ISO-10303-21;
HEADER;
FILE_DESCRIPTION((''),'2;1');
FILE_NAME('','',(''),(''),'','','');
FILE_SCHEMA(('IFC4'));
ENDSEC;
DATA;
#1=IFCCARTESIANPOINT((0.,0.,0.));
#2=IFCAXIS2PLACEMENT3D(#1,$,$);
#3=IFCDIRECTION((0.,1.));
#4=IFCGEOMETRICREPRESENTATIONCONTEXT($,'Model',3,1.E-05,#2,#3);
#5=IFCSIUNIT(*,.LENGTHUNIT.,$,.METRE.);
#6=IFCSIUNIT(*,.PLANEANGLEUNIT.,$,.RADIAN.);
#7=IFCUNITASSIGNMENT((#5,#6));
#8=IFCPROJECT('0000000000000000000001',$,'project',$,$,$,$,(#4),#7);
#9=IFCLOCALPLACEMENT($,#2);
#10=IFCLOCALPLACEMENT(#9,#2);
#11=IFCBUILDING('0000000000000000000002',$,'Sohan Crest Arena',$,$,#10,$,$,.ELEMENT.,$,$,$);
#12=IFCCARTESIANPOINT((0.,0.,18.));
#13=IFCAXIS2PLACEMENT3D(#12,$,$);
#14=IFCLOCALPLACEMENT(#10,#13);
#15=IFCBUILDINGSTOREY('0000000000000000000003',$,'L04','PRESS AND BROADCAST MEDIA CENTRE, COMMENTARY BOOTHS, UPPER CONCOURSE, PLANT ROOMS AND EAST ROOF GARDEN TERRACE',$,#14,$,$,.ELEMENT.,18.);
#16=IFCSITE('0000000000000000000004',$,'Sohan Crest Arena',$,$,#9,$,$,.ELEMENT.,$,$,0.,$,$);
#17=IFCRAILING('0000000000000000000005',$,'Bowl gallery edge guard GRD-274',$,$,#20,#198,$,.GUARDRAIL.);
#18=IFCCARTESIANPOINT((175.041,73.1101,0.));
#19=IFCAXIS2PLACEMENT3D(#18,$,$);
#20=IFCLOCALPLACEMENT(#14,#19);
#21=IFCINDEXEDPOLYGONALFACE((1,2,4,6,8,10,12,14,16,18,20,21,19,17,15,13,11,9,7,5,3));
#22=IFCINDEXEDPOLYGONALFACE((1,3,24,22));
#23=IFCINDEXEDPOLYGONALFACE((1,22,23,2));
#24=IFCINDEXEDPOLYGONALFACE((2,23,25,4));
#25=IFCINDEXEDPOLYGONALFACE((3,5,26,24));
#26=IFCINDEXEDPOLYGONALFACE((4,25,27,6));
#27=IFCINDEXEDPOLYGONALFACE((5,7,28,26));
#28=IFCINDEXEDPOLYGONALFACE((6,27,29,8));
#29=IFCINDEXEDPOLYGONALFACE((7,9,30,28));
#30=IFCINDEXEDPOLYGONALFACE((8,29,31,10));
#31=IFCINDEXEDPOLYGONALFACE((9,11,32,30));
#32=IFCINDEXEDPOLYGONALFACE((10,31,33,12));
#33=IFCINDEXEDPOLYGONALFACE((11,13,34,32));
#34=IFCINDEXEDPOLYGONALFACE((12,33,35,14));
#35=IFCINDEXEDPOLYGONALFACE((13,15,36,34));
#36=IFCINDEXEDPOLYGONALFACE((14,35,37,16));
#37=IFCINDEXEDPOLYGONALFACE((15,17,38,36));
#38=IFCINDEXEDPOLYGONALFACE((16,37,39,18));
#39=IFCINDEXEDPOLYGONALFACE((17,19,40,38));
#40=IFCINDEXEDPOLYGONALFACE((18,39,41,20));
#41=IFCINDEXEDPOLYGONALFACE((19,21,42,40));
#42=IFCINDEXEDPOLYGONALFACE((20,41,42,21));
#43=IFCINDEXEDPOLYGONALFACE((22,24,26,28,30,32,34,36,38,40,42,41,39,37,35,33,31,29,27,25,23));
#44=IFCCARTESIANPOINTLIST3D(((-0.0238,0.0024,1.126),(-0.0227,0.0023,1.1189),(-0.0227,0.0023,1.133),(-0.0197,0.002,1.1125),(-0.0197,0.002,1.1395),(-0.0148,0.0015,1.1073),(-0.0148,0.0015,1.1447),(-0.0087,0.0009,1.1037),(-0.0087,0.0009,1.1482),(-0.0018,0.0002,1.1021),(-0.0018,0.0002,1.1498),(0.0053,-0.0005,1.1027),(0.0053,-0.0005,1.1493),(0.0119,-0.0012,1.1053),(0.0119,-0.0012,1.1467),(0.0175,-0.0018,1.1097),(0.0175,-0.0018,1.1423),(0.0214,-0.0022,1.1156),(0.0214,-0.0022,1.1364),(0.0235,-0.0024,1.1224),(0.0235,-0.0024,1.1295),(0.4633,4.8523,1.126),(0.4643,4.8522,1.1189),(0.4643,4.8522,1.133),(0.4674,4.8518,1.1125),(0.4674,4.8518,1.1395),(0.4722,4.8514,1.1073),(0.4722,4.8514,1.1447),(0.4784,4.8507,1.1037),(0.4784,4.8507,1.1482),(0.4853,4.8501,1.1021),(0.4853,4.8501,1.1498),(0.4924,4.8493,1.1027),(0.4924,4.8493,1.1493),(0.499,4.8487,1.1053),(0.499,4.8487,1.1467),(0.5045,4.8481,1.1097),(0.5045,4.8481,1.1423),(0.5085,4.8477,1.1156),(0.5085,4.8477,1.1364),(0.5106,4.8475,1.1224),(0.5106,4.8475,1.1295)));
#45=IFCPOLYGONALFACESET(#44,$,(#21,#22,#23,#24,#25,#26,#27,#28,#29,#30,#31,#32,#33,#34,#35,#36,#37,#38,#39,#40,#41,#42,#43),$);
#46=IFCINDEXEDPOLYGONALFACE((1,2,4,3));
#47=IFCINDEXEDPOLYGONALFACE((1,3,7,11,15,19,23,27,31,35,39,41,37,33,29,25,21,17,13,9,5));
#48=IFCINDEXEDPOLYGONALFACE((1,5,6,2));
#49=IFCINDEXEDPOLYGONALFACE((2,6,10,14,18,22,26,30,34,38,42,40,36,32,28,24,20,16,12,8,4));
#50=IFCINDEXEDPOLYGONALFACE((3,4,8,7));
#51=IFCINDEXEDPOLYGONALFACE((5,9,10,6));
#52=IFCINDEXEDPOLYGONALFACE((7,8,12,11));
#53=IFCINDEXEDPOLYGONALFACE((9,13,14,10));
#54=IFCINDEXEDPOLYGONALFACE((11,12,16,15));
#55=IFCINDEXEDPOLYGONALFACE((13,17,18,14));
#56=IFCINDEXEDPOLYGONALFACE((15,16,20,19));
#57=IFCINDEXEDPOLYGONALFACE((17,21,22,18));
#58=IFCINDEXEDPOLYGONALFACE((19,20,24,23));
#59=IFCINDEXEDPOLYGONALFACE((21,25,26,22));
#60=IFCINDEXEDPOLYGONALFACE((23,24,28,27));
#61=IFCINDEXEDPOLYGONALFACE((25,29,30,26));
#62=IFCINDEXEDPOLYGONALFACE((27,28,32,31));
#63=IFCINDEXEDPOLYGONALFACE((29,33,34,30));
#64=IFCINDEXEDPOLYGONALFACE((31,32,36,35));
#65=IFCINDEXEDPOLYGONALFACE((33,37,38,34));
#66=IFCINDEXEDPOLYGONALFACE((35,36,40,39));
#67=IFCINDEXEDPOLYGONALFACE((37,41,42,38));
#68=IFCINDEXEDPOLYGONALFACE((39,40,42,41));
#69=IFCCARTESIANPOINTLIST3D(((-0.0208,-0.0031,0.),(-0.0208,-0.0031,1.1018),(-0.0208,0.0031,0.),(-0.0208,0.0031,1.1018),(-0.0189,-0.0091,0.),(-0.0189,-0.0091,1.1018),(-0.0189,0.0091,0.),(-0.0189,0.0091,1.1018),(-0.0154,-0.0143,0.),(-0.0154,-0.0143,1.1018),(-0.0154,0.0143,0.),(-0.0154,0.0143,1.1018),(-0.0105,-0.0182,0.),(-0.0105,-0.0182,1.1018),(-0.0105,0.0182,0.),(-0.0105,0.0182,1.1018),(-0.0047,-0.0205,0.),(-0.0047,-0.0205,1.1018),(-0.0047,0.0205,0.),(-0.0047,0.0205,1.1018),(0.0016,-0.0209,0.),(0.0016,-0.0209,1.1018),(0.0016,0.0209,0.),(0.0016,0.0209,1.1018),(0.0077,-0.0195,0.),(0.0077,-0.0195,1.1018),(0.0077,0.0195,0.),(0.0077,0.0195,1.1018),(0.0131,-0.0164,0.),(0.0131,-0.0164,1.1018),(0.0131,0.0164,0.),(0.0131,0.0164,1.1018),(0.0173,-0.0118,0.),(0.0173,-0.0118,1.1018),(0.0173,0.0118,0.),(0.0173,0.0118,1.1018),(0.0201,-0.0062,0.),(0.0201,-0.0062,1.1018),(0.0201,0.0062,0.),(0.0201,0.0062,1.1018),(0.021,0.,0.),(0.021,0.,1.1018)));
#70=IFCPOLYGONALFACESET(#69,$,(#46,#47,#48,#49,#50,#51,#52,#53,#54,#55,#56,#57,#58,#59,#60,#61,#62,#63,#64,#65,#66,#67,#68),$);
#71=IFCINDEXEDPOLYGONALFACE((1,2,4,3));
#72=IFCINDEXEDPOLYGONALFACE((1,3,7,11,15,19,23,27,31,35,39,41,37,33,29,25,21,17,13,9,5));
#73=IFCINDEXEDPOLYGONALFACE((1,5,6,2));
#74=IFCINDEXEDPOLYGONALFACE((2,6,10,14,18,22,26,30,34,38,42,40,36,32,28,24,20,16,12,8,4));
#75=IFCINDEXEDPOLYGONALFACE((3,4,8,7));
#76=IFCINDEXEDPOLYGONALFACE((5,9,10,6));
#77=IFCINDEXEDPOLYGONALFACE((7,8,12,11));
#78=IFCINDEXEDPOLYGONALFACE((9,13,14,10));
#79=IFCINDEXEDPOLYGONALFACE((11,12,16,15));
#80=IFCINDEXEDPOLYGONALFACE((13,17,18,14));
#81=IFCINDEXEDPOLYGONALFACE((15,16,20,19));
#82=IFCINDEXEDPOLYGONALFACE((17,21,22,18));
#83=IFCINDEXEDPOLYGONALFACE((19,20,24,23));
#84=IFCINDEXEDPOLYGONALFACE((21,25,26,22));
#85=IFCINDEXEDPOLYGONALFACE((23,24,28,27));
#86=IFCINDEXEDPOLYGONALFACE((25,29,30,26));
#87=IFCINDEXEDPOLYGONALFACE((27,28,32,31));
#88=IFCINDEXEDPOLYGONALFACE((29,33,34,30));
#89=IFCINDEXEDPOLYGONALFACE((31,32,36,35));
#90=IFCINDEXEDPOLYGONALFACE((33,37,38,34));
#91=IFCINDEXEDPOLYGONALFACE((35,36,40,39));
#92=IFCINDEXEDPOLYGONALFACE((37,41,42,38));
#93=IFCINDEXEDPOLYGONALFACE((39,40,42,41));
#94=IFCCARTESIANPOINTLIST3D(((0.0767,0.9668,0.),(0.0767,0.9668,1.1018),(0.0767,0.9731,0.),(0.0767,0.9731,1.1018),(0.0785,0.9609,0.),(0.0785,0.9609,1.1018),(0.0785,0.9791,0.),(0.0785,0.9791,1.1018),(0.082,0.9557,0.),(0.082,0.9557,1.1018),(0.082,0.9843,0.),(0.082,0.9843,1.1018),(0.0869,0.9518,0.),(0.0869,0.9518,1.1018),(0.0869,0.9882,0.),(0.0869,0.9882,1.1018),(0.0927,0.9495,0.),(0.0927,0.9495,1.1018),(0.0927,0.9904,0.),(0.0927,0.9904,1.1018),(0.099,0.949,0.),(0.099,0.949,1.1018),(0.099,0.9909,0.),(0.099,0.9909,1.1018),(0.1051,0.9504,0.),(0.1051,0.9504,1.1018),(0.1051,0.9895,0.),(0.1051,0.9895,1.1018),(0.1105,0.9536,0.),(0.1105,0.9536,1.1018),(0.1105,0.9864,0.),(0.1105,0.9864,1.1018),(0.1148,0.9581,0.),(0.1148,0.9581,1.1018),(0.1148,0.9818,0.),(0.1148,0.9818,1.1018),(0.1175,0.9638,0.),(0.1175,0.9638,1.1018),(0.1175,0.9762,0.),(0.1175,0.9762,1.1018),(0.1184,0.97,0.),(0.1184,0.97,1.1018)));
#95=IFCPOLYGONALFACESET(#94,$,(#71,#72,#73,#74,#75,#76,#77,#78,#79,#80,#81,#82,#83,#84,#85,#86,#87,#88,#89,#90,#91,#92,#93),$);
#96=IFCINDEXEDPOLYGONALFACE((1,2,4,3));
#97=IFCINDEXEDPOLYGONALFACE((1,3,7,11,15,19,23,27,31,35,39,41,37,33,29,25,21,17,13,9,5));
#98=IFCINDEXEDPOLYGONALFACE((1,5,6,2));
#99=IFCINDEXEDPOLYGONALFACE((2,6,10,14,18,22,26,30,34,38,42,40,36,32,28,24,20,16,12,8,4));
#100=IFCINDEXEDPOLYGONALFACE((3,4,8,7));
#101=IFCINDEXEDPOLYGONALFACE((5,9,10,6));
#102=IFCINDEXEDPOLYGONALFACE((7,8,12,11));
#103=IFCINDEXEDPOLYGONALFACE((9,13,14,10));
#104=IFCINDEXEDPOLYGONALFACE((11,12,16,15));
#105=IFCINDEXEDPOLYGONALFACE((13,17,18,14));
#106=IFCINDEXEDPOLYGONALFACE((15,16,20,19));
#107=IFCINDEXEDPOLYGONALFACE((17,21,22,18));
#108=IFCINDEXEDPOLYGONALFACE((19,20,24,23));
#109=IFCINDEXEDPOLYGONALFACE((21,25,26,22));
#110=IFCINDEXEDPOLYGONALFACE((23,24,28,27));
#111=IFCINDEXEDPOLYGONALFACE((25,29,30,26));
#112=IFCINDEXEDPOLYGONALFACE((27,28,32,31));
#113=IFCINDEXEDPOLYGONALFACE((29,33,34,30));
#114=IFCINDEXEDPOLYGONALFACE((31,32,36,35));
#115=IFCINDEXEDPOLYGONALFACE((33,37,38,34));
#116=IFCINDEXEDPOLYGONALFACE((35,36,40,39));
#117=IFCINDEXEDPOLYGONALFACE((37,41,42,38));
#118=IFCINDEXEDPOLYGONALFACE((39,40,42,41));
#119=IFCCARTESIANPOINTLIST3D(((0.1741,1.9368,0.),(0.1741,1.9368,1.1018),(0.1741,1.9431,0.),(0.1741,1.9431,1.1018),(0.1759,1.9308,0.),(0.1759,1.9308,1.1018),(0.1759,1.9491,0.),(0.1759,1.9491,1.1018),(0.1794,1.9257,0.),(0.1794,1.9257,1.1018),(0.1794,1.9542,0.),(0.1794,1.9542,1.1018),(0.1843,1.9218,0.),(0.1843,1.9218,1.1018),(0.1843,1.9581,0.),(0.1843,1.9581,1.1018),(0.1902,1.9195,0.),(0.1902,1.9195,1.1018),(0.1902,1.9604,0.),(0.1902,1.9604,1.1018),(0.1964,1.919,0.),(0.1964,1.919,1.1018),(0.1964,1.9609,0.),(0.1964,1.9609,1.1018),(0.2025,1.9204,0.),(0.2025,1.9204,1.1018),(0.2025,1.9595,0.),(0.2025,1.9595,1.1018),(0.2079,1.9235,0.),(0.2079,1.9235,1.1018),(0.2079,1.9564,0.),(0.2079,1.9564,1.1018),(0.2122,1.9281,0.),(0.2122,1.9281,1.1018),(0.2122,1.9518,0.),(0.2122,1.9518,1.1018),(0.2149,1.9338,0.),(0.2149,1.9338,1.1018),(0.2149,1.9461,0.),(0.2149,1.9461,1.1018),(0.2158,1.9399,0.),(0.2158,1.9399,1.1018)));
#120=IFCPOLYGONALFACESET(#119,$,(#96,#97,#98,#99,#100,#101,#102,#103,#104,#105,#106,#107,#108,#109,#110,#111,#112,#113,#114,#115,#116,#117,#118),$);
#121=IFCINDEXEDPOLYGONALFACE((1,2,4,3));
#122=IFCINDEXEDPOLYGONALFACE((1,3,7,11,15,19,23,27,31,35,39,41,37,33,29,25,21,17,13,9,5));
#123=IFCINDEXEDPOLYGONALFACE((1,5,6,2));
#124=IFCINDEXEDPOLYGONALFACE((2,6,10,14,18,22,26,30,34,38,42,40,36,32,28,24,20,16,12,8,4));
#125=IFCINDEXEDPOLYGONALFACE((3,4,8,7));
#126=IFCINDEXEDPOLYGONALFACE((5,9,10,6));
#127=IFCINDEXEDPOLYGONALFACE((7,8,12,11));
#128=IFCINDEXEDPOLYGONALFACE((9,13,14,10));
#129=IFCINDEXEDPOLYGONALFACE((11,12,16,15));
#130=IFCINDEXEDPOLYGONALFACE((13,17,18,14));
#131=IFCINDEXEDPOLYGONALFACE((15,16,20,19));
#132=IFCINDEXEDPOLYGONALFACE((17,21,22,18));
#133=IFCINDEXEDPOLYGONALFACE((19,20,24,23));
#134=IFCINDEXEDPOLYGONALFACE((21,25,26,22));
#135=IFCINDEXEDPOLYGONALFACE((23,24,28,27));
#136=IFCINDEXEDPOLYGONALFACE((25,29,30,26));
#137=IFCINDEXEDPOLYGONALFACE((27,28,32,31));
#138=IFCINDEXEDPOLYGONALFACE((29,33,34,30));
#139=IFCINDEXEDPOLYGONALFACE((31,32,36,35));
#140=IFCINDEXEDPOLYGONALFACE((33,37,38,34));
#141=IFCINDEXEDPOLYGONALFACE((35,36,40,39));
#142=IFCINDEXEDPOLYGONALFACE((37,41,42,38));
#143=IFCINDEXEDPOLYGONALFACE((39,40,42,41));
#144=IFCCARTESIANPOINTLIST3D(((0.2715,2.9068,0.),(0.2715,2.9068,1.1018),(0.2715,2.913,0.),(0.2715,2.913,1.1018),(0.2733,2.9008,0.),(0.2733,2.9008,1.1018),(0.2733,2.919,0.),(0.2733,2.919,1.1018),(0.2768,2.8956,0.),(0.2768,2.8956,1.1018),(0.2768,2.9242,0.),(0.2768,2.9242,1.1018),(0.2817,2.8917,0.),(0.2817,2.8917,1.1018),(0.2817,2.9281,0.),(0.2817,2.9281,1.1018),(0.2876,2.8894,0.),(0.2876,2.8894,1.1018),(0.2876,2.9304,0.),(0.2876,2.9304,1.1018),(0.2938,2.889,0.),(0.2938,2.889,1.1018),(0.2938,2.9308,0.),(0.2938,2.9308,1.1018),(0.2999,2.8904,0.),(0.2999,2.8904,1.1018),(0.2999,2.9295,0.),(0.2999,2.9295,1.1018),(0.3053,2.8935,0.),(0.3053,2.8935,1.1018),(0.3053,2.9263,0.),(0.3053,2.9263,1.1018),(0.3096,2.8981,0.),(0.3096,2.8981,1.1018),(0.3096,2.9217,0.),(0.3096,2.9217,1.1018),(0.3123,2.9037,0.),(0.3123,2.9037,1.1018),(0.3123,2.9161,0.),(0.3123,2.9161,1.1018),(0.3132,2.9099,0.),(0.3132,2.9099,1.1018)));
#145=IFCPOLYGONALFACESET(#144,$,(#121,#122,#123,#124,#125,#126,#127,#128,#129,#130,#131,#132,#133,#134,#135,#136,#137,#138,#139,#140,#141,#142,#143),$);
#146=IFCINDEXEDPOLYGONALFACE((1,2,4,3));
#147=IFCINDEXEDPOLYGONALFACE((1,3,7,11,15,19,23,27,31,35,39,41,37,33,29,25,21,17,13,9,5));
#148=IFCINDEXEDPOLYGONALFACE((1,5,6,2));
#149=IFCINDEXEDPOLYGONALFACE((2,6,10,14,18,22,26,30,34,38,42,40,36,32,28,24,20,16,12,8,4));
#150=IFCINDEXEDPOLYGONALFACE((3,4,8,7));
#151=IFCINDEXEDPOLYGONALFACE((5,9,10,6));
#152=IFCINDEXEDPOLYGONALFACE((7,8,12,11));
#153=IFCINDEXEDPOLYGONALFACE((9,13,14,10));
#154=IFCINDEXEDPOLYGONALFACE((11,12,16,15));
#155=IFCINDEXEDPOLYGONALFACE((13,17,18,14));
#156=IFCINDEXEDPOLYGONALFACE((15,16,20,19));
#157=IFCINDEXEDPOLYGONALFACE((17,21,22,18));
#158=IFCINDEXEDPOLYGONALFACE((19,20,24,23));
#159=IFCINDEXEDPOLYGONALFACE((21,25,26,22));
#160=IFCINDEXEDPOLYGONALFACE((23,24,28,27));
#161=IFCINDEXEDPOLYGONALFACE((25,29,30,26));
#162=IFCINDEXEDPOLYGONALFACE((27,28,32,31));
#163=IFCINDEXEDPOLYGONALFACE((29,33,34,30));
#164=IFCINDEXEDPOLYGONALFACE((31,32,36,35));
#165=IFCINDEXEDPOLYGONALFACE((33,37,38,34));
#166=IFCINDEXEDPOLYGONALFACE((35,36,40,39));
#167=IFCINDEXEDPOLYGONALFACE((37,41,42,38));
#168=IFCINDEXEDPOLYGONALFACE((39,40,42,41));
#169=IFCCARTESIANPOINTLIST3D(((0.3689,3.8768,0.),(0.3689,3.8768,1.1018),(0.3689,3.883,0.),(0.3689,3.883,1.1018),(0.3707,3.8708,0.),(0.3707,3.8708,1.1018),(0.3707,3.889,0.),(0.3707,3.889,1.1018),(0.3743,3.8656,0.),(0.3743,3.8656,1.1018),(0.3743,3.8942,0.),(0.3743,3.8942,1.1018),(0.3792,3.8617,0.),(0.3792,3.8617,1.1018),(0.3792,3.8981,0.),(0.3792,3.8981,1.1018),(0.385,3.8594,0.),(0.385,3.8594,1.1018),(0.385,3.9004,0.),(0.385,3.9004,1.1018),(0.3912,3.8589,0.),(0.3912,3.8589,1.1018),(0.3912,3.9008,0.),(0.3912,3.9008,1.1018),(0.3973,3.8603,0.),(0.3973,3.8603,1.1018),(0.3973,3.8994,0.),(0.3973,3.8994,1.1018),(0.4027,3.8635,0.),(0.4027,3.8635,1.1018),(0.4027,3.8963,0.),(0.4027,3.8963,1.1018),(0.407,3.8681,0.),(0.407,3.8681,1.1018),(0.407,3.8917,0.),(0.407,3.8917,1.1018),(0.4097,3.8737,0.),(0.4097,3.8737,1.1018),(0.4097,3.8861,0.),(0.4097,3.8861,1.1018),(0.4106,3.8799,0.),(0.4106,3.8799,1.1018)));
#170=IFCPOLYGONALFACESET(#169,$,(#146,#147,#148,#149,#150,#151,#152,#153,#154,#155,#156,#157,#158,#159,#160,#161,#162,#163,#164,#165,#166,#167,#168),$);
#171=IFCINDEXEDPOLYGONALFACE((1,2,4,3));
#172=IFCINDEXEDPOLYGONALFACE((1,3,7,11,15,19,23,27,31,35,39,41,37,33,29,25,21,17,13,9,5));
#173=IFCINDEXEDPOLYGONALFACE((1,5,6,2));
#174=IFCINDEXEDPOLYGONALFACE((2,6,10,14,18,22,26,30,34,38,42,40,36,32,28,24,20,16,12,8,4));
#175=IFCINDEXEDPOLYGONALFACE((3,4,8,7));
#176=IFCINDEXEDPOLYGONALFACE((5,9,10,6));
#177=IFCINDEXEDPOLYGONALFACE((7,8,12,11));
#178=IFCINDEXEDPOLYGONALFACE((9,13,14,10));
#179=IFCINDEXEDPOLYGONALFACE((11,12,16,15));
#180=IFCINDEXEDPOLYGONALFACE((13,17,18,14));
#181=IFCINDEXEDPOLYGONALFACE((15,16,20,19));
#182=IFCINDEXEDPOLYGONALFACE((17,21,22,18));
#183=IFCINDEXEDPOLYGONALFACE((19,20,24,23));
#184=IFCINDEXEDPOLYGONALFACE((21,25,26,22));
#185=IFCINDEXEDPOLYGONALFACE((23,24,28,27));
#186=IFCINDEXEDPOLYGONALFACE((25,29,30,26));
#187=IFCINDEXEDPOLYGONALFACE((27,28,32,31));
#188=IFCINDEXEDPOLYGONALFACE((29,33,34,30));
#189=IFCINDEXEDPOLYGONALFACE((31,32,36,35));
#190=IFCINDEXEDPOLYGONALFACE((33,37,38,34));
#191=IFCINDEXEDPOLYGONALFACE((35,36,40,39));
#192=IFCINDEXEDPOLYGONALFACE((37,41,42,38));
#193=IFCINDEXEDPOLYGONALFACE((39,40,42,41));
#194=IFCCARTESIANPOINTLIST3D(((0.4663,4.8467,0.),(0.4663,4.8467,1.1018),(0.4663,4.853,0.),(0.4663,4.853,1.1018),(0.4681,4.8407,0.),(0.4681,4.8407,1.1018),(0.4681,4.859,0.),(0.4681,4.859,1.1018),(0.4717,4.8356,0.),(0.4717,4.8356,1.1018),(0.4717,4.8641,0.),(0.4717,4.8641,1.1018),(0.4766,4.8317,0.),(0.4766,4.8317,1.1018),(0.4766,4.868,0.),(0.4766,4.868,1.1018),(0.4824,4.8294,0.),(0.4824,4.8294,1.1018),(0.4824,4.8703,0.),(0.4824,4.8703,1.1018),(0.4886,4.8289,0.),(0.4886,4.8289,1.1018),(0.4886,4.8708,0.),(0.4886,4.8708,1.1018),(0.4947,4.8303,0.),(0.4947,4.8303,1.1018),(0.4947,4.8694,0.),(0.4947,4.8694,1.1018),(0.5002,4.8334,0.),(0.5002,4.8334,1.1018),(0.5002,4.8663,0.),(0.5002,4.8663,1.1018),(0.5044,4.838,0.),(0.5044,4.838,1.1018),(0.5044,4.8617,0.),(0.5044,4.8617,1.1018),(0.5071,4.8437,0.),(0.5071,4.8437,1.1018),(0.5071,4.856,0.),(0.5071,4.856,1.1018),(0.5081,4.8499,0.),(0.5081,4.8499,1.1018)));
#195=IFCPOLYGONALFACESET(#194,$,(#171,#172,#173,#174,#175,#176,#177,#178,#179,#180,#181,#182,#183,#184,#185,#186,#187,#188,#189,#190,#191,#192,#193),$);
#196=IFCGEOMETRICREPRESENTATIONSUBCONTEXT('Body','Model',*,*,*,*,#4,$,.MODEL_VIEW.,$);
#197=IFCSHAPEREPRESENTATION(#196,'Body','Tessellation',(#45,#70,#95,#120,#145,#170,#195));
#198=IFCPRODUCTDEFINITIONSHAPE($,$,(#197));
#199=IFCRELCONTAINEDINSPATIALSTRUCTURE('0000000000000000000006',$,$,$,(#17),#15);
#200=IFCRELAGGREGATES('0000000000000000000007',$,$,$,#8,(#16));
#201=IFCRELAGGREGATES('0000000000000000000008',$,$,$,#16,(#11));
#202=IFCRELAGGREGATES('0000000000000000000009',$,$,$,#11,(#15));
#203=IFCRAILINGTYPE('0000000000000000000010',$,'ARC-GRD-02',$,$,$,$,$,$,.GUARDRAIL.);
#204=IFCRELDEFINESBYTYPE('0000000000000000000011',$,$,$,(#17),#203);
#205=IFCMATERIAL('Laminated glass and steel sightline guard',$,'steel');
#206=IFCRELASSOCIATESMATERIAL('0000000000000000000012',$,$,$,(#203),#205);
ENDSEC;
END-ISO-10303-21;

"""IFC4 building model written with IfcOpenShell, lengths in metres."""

from ifc_helpers import new_model, si_unit, direction, frame, origin, origin_2d, place, context, subcontext, project, spatial, circle, extrude, material, type_object, element, save


model = new_model("IFC4")

# Units and contexts
model_context = context("Model", 3, precision=1e-05, world=origin(), true_north=direction((0.0, 1.0)))
body_context = subcontext(model_context, "Body", "Model", "MODEL_VIEW")
ifc_project = project(units=[si_unit("LENGTHUNIT", "METRE"), si_unit("PLANEANGLEUNIT", "RADIAN")], contexts=[model_context])

# Site, building, storey
site_placement = place(None, origin())
site = spatial("IfcSite", under=ifc_project, at=site_placement, Name="Sohan Crest Arena", CompositionType="ELEMENT", RefElevation=0.0)
building_placement = place(site_placement, origin())
building = spatial("IfcBuilding", under=site, at=building_placement, Name="Sohan Crest Arena", CompositionType="ELEMENT")
storey_placement = place(building_placement, frame((0.0, 0.0, 18.0)))
storey = spatial("IfcBuildingStorey", under=building, at=storey_placement, Name="L04", Description="PRESS AND BROADCAST MEDIA CENTRE, COMMENTARY BOOTHS, UPPER CONCOURSE, PLANT ROOMS AND EAST ROOF GARDEN TERRACE", CompositionType="ELEMENT", Elevation=18.0)

# Railing
ifc_material_1 = material(Name="Laminated glass and steel sightline guard", Category="steel")
railing_type = type_object("IfcRailingType", Name="ARC-GRD-02", PredefinedType="GUARDRAIL", material=ifc_material_1)
railing_1_placement = place(storey_placement, frame((175.041, 73.1101, 0.0)))
element("IfcRailing", 1, at=railing_1_placement, inside=storey, type_object=railing_type, Name="Bowl gallery edge guard GRD-274", PredefinedType="GUARDRAIL", context=body_context, shape_type="SweptSolid", body=[
    extrude(circle(Radius=0.0239, at=origin_2d()), frame((0.0, 0.0, 1.126), z_axis=(0.099925, 0.994995, 0.0), x_axis=(-0.994995, 0.099925, 0.0)), (0.0, 0.0, 1.0), 4.8743),
    extrude(circle(Radius=0.021, at=origin_2d()), origin(), (0.0, 0.0, 1.0), 1.1018),
    extrude(circle(Radius=0.021, at=origin_2d()), frame((0.0974, 0.97, 0.0)), (0.0, 0.0, 1.0), 1.1018),
    extrude(circle(Radius=0.021, at=origin_2d()), frame((0.1948, 1.9399, 0.0)), (0.0, 0.0, 1.0), 1.1018),
    extrude(circle(Radius=0.021, at=origin_2d()), frame((0.2922, 2.9099, 0.0)), (0.0, 0.0, 1.0), 1.1018),
    extrude(circle(Radius=0.021, at=origin_2d()), frame((0.3896, 3.8799, 0.0)), (0.0, 0.0, 1.0), 1.1018),
    extrude(circle(Radius=0.021, at=origin_2d()), frame((0.4871, 4.8499, 0.0)), (0.0, 0.0, 1.0), 1.1018),
])

save(model, "model.ifc")
